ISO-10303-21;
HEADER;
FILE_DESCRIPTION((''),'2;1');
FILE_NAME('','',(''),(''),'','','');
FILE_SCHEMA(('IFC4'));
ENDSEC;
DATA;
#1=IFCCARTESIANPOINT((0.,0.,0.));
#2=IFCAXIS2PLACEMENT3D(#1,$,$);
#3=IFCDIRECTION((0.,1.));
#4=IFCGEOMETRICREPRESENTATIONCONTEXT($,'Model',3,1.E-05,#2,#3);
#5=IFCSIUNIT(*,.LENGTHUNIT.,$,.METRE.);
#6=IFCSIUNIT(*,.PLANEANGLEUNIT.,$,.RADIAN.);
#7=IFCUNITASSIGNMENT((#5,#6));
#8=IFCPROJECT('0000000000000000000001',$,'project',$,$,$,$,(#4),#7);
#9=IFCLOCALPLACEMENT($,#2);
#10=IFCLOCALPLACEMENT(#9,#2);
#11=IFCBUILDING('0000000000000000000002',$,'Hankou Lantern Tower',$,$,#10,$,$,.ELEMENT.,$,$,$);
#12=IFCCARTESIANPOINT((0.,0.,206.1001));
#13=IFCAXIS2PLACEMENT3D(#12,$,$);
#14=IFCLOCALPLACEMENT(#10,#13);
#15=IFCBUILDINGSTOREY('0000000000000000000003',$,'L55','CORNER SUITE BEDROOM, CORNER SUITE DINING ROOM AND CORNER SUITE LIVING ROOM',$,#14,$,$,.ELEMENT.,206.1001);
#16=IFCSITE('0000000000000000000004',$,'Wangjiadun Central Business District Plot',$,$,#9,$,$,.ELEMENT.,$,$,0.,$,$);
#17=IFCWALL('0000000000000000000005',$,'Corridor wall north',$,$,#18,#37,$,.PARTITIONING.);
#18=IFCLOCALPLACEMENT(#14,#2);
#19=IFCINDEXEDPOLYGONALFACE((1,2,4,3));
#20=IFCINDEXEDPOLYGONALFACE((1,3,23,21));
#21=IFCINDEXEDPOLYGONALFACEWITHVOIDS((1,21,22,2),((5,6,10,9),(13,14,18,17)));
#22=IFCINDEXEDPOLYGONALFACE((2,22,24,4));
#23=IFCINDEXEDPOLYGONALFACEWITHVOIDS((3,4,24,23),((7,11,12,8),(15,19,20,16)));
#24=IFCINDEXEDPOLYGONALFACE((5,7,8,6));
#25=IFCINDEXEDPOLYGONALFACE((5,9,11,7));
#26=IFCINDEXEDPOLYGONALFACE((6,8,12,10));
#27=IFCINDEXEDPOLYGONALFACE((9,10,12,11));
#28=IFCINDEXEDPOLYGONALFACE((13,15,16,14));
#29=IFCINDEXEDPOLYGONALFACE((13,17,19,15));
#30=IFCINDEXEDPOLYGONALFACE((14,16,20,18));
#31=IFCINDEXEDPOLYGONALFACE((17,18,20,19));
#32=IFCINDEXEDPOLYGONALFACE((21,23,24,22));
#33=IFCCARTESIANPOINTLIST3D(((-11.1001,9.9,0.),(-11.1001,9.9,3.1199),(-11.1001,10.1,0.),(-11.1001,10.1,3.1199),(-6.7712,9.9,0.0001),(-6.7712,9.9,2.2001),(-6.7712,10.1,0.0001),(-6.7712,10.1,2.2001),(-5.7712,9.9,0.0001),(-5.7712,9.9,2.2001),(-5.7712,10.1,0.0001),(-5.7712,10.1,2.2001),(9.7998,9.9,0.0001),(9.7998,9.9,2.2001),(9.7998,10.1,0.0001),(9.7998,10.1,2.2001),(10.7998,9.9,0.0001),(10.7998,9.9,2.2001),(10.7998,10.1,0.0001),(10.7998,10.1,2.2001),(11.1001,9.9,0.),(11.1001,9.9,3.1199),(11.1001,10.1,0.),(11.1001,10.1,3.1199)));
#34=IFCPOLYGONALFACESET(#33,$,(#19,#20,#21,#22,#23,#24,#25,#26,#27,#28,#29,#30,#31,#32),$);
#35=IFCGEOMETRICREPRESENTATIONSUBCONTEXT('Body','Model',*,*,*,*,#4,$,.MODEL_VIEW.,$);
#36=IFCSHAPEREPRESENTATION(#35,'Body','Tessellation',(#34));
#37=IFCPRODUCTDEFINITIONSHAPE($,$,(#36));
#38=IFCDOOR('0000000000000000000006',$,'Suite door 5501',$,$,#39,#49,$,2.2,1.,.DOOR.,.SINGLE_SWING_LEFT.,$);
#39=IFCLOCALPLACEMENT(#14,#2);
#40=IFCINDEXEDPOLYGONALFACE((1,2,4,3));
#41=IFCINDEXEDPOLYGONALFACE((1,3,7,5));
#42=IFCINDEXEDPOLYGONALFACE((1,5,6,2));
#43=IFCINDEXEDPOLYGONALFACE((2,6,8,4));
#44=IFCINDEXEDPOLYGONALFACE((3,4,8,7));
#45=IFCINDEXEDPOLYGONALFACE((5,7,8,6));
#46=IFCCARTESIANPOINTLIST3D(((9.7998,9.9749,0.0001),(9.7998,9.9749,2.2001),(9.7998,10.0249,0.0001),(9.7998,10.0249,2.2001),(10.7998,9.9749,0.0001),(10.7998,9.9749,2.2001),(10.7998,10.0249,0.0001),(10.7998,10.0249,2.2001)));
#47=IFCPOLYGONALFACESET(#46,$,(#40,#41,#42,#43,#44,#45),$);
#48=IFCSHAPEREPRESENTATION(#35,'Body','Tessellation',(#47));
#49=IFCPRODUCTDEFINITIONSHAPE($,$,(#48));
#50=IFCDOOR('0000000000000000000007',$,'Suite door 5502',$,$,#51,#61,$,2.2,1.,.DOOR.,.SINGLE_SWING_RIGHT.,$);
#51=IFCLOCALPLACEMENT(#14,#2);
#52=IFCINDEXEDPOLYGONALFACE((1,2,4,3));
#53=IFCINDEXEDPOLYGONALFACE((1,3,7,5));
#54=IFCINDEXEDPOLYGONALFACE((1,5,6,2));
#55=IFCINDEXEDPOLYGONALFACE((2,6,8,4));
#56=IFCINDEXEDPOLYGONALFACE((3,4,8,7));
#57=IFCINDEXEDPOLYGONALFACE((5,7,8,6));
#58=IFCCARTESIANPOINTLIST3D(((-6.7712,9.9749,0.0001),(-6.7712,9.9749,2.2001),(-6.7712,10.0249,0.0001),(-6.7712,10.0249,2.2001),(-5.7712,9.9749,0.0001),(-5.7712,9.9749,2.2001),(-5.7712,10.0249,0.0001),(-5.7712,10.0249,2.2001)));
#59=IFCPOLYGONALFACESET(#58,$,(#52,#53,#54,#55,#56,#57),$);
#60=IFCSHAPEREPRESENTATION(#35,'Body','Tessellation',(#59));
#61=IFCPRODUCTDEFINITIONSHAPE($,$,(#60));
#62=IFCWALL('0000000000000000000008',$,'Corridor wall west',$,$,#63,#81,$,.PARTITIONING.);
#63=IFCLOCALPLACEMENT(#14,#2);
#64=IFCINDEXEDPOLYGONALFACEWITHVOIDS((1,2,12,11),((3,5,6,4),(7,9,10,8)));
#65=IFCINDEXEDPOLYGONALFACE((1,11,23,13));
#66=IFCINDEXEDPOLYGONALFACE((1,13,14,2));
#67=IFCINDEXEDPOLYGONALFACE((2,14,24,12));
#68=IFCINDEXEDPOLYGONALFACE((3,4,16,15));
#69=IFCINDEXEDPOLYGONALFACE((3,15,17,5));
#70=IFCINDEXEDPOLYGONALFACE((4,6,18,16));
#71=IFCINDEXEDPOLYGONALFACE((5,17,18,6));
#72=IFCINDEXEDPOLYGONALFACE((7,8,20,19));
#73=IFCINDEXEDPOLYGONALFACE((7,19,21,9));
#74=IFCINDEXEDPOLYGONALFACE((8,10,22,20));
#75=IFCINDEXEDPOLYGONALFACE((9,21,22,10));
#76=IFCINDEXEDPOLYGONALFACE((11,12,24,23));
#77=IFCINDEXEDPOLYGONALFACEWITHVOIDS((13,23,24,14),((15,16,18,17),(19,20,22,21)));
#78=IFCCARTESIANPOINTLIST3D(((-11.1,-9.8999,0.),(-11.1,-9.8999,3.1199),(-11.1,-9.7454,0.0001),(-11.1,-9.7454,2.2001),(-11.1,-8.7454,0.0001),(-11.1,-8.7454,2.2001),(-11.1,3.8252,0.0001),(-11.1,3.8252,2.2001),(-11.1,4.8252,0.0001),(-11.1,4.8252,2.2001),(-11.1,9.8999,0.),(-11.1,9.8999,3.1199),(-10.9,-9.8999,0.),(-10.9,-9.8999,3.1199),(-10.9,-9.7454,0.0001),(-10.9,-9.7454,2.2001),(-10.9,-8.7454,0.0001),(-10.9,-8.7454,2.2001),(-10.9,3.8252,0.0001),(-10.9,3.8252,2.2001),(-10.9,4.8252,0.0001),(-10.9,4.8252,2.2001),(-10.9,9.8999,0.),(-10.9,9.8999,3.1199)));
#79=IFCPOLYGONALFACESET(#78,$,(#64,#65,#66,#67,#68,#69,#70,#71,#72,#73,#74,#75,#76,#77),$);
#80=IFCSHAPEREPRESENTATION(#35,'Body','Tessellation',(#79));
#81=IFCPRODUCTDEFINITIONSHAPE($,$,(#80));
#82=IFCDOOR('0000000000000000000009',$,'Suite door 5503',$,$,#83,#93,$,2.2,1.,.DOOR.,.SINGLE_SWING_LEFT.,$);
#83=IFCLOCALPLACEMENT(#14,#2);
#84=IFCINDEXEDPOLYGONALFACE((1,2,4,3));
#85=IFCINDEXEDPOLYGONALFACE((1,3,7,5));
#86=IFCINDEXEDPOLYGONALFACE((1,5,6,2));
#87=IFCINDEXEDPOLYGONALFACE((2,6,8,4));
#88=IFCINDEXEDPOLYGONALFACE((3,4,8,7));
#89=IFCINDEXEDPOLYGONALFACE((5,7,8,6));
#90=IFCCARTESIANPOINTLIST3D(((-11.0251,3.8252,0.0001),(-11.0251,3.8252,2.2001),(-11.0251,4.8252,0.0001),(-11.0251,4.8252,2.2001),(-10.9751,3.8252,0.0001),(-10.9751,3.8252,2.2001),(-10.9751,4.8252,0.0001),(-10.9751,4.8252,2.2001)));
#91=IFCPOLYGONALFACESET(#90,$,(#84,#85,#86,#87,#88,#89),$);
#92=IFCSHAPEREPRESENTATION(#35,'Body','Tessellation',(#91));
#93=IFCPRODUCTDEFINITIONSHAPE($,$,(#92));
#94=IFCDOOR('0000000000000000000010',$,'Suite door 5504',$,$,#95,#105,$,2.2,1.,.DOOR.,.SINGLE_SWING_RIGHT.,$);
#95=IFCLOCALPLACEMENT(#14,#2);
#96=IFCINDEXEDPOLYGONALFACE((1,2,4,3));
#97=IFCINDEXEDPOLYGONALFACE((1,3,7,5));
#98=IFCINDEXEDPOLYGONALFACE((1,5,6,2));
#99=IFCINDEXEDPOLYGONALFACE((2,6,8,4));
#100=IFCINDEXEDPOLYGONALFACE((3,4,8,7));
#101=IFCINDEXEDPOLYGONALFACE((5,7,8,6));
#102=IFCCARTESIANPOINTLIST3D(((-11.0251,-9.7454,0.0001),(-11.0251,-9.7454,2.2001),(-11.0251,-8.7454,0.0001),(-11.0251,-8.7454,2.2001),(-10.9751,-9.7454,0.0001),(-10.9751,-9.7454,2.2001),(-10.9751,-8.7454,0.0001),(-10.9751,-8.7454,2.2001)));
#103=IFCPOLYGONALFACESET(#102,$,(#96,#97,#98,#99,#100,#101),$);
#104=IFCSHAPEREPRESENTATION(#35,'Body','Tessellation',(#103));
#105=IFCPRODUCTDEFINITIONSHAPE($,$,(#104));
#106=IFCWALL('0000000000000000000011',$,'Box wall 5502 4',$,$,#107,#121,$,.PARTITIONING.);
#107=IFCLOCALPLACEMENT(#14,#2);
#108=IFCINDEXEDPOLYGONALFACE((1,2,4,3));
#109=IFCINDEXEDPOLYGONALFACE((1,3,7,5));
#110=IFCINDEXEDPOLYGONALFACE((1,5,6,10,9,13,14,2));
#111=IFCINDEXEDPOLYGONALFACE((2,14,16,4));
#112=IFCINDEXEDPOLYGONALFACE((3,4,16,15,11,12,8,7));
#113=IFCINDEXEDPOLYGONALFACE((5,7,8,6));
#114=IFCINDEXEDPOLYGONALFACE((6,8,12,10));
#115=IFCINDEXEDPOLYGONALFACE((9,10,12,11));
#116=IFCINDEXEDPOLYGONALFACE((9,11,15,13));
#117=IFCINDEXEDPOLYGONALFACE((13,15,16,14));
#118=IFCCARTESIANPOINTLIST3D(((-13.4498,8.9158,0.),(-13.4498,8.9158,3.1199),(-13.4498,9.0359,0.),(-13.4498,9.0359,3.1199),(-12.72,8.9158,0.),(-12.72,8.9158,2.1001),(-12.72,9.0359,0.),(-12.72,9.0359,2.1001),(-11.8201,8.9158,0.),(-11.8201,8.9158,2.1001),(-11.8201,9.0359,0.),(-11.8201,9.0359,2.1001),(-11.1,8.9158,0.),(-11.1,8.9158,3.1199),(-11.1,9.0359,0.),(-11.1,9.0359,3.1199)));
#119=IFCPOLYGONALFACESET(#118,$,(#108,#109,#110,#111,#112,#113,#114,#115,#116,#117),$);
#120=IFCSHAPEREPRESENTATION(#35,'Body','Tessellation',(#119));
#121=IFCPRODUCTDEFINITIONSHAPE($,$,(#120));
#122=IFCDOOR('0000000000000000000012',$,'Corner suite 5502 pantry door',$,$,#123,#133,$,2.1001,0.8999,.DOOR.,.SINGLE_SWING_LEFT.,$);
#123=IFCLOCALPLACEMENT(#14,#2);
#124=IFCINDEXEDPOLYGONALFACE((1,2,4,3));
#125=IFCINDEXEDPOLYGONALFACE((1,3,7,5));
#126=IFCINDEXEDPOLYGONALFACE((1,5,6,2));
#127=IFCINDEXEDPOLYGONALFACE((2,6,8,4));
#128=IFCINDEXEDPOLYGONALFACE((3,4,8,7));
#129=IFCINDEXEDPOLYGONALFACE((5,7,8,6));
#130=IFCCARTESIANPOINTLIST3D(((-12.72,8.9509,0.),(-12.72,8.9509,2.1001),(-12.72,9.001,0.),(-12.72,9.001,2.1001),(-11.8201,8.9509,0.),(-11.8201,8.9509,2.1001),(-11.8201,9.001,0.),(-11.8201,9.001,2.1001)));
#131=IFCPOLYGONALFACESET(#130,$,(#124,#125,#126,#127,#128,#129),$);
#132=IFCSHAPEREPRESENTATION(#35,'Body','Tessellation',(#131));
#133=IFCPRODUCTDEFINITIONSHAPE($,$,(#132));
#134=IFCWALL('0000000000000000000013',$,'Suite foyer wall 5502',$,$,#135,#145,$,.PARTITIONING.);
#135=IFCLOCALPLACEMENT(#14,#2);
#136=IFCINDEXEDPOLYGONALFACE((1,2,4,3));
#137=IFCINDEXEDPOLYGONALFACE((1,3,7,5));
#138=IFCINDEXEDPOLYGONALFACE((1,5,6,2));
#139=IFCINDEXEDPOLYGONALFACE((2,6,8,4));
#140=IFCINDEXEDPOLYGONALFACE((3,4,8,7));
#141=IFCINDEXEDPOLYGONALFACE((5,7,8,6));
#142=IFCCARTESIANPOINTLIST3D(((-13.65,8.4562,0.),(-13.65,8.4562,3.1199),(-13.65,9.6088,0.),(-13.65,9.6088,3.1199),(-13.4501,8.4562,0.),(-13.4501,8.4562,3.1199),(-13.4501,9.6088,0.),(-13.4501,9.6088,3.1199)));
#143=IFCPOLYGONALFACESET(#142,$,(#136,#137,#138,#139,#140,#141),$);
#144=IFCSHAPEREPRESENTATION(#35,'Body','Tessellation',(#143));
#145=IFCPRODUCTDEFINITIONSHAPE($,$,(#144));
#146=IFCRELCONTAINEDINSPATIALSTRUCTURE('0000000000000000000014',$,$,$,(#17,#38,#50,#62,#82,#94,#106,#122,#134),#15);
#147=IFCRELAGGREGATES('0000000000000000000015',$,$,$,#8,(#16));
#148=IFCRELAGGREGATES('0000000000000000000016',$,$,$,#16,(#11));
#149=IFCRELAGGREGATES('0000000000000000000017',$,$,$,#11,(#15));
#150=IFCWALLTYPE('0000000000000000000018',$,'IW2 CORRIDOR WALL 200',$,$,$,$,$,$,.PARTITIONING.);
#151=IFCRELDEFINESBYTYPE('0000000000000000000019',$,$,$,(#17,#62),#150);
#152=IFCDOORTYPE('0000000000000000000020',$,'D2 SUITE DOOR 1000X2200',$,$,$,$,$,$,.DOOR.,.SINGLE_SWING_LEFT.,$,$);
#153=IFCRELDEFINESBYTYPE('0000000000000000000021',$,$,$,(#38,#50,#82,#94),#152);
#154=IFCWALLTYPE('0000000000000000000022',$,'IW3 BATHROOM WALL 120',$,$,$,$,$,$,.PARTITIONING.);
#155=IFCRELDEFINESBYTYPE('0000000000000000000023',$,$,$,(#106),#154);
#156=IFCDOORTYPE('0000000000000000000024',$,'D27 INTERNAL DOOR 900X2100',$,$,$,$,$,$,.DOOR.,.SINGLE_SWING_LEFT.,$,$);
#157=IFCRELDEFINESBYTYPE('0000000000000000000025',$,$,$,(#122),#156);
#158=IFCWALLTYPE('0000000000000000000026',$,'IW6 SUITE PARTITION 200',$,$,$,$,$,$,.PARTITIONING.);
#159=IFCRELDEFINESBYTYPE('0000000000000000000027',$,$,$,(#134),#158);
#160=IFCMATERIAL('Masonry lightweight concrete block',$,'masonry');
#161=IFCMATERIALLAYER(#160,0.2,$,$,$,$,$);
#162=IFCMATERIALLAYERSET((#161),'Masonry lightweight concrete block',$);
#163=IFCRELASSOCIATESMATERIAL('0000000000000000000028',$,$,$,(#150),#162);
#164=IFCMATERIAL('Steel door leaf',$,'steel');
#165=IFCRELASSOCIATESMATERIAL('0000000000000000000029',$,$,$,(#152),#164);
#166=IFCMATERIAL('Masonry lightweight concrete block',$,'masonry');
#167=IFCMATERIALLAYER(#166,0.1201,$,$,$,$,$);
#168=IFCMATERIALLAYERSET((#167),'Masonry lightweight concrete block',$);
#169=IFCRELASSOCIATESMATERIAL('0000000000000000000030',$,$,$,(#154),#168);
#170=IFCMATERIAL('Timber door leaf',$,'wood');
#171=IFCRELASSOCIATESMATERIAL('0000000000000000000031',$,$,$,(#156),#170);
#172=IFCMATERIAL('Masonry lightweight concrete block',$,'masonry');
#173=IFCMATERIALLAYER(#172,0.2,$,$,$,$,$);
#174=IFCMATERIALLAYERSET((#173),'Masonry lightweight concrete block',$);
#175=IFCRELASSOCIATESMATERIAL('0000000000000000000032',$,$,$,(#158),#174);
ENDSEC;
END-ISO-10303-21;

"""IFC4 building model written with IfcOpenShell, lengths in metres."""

from ifc_helpers import new_model, si_unit, direction, frame, frame_2d, origin, place, context, subcontext, project, spatial, rectangle, extrude, material, layer, layer_set, type_object, element, fill, save


model = new_model("IFC4")

# Units and contexts
model_context = context("Model", 3, precision=1e-05, world=origin(), true_north=direction((0.0, 1.0)))
body_context = subcontext(model_context, "Body", "Model", "MODEL_VIEW")
ifc_project = project(units=[si_unit("LENGTHUNIT", "METRE"), si_unit("PLANEANGLEUNIT", "RADIAN")], contexts=[model_context])

# Site, building, storey
site_placement = place(None, origin())
site = spatial("IfcSite", under=ifc_project, at=site_placement, Name="Wangjiadun Central Business District Plot", CompositionType="ELEMENT", RefElevation=0.0)
building_placement = place(site_placement, origin())
building = spatial("IfcBuilding", under=site, at=building_placement, Name="Hankou Lantern Tower", CompositionType="ELEMENT")
storey_placement = place(building_placement, frame((0.0, 0.0, 206.1001)))
storey = spatial("IfcBuildingStorey", under=building, at=storey_placement, Name="L55", Description="CORNER SUITE BEDROOM, CORNER SUITE DINING ROOM AND CORNER SUITE LIVING ROOM", CompositionType="ELEMENT", Elevation=206.1001)

# Walls, openings, doors
ifc_material_1 = material(Name="Masonry lightweight concrete block", Category="masonry")
ifc_layer_1 = layer(ifc_material_1, 0.2)
ifc_layer_set_1 = layer_set([ifc_layer_1], Name="Masonry lightweight concrete block")
wall_type_1 = type_object("IfcWallType", Name="IW2 CORRIDOR WALL 200", PredefinedType="PARTITIONING", material=ifc_layer_set_1)
wall_1_placement = place(storey_placement, frame((-11.1001, 10.0, 0.0), z_axis=(0.0, 0.0, 1.0), x_axis=(1.0, 0.0, 0.0)))
wall_1 = element("IfcWall", 1, at=wall_1_placement, inside=storey, type_object=wall_type_1, Name="Corridor wall north", PredefinedType="PARTITIONING", context=body_context, shape_type="SweptSolid", body=[
    extrude(rectangle(XDim=22.2002, YDim=0.2, at=frame_2d((11.1001, 0.0))), origin(), (0.0, 0.0, 1.0), 3.1199),
])
opening_1_placement = place(wall_1_placement, frame((20.8999, 0.0, 0.0)))
opening_1 = element("IfcOpeningElement", 2, at=opening_1_placement, cuts=wall_1, PredefinedType="OPENING", context=body_context, shape_type="SweptSolid", body=[
    extrude(rectangle(XDim=1.0, YDim=2.2, at=frame_2d((0.5, 1.1001))), frame((0.0, 0.1099, 0.0), z_axis=(0.0, -1.0, 0.0), x_axis=(1.0, 0.0, 0.0)), (0.0, 0.0, 1.0), 0.22),
])
opening_2_placement = place(wall_1_placement, frame((4.3289, 0.0, 0.0)))
opening_2 = element("IfcOpeningElement", 3, at=opening_2_placement, cuts=wall_1, PredefinedType="OPENING", context=body_context, shape_type="SweptSolid", body=[
    extrude(rectangle(XDim=1.0, YDim=2.2, at=frame_2d((0.5, 1.1001))), frame((0.0, 0.1099, 0.0), z_axis=(0.0, -1.0, 0.0), x_axis=(1.0, 0.0, 0.0)), (0.0, 0.0, 1.0), 0.22),
])
ifc_material_2 = material(Name="Steel door leaf", Category="steel")
door_type_1 = type_object("IfcDoorType", Name="D2 SUITE DOOR 1000X2200", OperationType="SINGLE_SWING_LEFT", PredefinedType="DOOR", material=ifc_material_2)
door_1_placement = place(opening_1_placement, origin())
door_1 = element("IfcDoor", 4, at=door_1_placement, inside=storey, type_object=door_type_1, Name="Suite door 5501", OperationType="SINGLE_SWING_LEFT", OverallHeight=2.2, OverallWidth=1.0, PredefinedType="DOOR", context=body_context, shape_type="SweptSolid", body=[
    extrude(rectangle(XDim=1.0, YDim=2.2, at=frame_2d((0.5, 1.1001))), frame((0.0, 0.0249, 0.0), z_axis=(0.0, -1.0, 0.0), x_axis=(1.0, 0.0, 0.0)), (0.0, 0.0, 1.0), 0.05),
])
fill(opening_1, door_1)
door_2_placement = place(opening_2_placement, origin())
door_2 = element("IfcDoor", 5, at=door_2_placement, inside=storey, type_object=door_type_1, Name="Suite door 5502", OperationType="SINGLE_SWING_RIGHT", OverallHeight=2.2, OverallWidth=1.0, PredefinedType="DOOR", context=body_context, shape_type="SweptSolid", body=[
    extrude(rectangle(XDim=1.0, YDim=2.2, at=frame_2d((0.5, 1.1001))), frame((0.0, 0.0249, 0.0), z_axis=(0.0, -1.0, 0.0), x_axis=(1.0, 0.0, 0.0)), (0.0, 0.0, 1.0), 0.05),
])
fill(opening_2, door_2)
wall_2_placement = place(storey_placement, frame((-11.0, 9.8999, 0.0), z_axis=(0.0, 0.0, 1.0), x_axis=(0.0, -1.0, 0.0)))
wall_2 = element("IfcWall", 6, at=wall_2_placement, inside=storey, type_object=wall_type_1, Name="Corridor wall west", PredefinedType="PARTITIONING", context=body_context, shape_type="SweptSolid", body=[
    extrude(rectangle(XDim=19.7998, YDim=0.2, at=frame_2d((9.8999, 0.0))), origin(), (0.0, 0.0, 1.0), 3.1199),
])
opening_3_placement = place(wall_2_placement, frame((5.0747, 0.0, 0.0)))
opening_3 = element("IfcOpeningElement", 7, at=opening_3_placement, cuts=wall_2, PredefinedType="OPENING", context=body_context, shape_type="SweptSolid", body=[
    extrude(rectangle(XDim=1.0, YDim=2.2, at=frame_2d((0.5, 1.1001))), frame((0.0, 0.1099, 0.0), z_axis=(0.0, -1.0, 0.0), x_axis=(1.0, 0.0, 0.0)), (0.0, 0.0, 1.0), 0.22),
])
opening_4_placement = place(wall_2_placement, frame((18.6453, 0.0, 0.0)))
opening_4 = element("IfcOpeningElement", 8, at=opening_4_placement, cuts=wall_2, PredefinedType="OPENING", context=body_context, shape_type="SweptSolid", body=[
    extrude(rectangle(XDim=1.0, YDim=2.2, at=frame_2d((0.5, 1.1001))), frame((0.0, 0.1099, 0.0), z_axis=(0.0, -1.0, 0.0), x_axis=(1.0, 0.0, 0.0)), (0.0, 0.0, 1.0), 0.22),
])
door_3_placement = place(opening_3_placement, origin())
door_3 = element("IfcDoor", 9, at=door_3_placement, inside=storey, type_object=door_type_1, Name="Suite door 5503", OperationType="SINGLE_SWING_LEFT", OverallHeight=2.2, OverallWidth=1.0, PredefinedType="DOOR", context=body_context, shape_type="SweptSolid", body=[
    extrude(rectangle(XDim=1.0, YDim=2.2, at=frame_2d((0.5, 1.1001))), frame((0.0, 0.0249, 0.0), z_axis=(0.0, -1.0, 0.0), x_axis=(1.0, 0.0, 0.0)), (0.0, 0.0, 1.0), 0.05),
])
fill(opening_3, door_3)
door_4_placement = place(opening_4_placement, origin())
door_4 = element("IfcDoor", 10, at=door_4_placement, inside=storey, type_object=door_type_1, Name="Suite door 5504", OperationType="SINGLE_SWING_RIGHT", OverallHeight=2.2, OverallWidth=1.0, PredefinedType="DOOR", context=body_context, shape_type="SweptSolid", body=[
    extrude(rectangle(XDim=1.0, YDim=2.2, at=frame_2d((0.5, 1.1001))), frame((0.0, 0.0249, 0.0), z_axis=(0.0, -1.0, 0.0), x_axis=(1.0, 0.0, 0.0)), (0.0, 0.0, 1.0), 0.05),
])
fill(opening_4, door_4)

# Wall, opening, door
ifc_material_3 = material(Name="Masonry lightweight concrete block", Category="masonry")
ifc_layer_2 = layer(ifc_material_3, 0.1201)
ifc_layer_set_2 = layer_set([ifc_layer_2], Name="Masonry lightweight concrete block")
wall_type_2 = type_object("IfcWallType", Name="IW3 BATHROOM WALL 120", PredefinedType="PARTITIONING", material=ifc_layer_set_2)
wall_3_placement = place(storey_placement, frame((-11.1001, 8.9758, 0.0), z_axis=(0.0, 0.0, 1.0), x_axis=(-1.0, 0.0, 0.0)))
wall_3 = element("IfcWall", 11, at=wall_3_placement, inside=storey, type_object=wall_type_2, Name="Box wall 5502 4", PredefinedType="PARTITIONING", context=body_context, shape_type="SweptSolid", body=[
    extrude(rectangle(XDim=2.3499, YDim=0.1201, at=frame_2d((1.1748, 0.0))), origin(), (0.0, 0.0, 1.0), 3.1199),
])
opening_5_placement = place(wall_3_placement, frame((0.72, 0.0, 0.0)))
opening_5 = element("IfcOpeningElement", 12, at=opening_5_placement, cuts=wall_3, PredefinedType="OPENING", context=body_context, shape_type="SweptSolid", body=[
    extrude(rectangle(XDim=0.8999, YDim=2.1001, at=frame_2d((0.45, 1.05))), frame((0.0, 0.0701, 0.0), z_axis=(0.0, -1.0, 0.0), x_axis=(1.0, 0.0, 0.0)), (0.0, 0.0, 1.0), 0.1401),
])
ifc_material_4 = material(Name="Timber door leaf", Category="wood")
door_type_2 = type_object("IfcDoorType", Name="D27 INTERNAL DOOR 900X2100", OperationType="SINGLE_SWING_LEFT", PredefinedType="DOOR", material=ifc_material_4)
door_5_placement = place(opening_5_placement, origin())
door_5 = element("IfcDoor", 13, at=door_5_placement, inside=storey, type_object=door_type_2, Name="Corner suite 5502 pantry door", OperationType="SINGLE_SWING_LEFT", OverallHeight=2.1001, OverallWidth=0.8999, PredefinedType="DOOR", context=body_context, shape_type="SweptSolid", body=[
    extrude(rectangle(XDim=0.8999, YDim=2.1001, at=frame_2d((0.45, 1.05))), frame((0.0, 0.0249, 0.0), z_axis=(0.0, -1.0, 0.0), x_axis=(1.0, 0.0, 0.0)), (0.0, 0.0, 1.0), 0.05),
])
fill(opening_5, door_5)

# Wall
ifc_material_5 = material(Name="Masonry lightweight concrete block", Category="masonry")
ifc_layer_3 = layer(ifc_material_5, 0.2)
ifc_layer_set_3 = layer_set([ifc_layer_3], Name="Masonry lightweight concrete block")
wall_type_3 = type_object("IfcWallType", Name="IW6 SUITE PARTITION 200", PredefinedType="PARTITIONING", material=ifc_layer_set_3)
wall_4_placement = place(storey_placement, frame((-13.55, 9.6086, 0.0), z_axis=(0.0, 0.0, 1.0), x_axis=(0.0, -1.0, 0.0)))
element("IfcWall", 14, at=wall_4_placement, inside=storey, type_object=wall_type_3, Name="Suite foyer wall 5502", PredefinedType="PARTITIONING", context=body_context, shape_type="SweptSolid", body=[
    extrude(rectangle(XDim=1.1526, YDim=0.2, at=frame_2d((0.5762, 0.0))), origin(), (0.0, 0.0, 1.0), 3.1199),
])

save(model, "model.ifc")
